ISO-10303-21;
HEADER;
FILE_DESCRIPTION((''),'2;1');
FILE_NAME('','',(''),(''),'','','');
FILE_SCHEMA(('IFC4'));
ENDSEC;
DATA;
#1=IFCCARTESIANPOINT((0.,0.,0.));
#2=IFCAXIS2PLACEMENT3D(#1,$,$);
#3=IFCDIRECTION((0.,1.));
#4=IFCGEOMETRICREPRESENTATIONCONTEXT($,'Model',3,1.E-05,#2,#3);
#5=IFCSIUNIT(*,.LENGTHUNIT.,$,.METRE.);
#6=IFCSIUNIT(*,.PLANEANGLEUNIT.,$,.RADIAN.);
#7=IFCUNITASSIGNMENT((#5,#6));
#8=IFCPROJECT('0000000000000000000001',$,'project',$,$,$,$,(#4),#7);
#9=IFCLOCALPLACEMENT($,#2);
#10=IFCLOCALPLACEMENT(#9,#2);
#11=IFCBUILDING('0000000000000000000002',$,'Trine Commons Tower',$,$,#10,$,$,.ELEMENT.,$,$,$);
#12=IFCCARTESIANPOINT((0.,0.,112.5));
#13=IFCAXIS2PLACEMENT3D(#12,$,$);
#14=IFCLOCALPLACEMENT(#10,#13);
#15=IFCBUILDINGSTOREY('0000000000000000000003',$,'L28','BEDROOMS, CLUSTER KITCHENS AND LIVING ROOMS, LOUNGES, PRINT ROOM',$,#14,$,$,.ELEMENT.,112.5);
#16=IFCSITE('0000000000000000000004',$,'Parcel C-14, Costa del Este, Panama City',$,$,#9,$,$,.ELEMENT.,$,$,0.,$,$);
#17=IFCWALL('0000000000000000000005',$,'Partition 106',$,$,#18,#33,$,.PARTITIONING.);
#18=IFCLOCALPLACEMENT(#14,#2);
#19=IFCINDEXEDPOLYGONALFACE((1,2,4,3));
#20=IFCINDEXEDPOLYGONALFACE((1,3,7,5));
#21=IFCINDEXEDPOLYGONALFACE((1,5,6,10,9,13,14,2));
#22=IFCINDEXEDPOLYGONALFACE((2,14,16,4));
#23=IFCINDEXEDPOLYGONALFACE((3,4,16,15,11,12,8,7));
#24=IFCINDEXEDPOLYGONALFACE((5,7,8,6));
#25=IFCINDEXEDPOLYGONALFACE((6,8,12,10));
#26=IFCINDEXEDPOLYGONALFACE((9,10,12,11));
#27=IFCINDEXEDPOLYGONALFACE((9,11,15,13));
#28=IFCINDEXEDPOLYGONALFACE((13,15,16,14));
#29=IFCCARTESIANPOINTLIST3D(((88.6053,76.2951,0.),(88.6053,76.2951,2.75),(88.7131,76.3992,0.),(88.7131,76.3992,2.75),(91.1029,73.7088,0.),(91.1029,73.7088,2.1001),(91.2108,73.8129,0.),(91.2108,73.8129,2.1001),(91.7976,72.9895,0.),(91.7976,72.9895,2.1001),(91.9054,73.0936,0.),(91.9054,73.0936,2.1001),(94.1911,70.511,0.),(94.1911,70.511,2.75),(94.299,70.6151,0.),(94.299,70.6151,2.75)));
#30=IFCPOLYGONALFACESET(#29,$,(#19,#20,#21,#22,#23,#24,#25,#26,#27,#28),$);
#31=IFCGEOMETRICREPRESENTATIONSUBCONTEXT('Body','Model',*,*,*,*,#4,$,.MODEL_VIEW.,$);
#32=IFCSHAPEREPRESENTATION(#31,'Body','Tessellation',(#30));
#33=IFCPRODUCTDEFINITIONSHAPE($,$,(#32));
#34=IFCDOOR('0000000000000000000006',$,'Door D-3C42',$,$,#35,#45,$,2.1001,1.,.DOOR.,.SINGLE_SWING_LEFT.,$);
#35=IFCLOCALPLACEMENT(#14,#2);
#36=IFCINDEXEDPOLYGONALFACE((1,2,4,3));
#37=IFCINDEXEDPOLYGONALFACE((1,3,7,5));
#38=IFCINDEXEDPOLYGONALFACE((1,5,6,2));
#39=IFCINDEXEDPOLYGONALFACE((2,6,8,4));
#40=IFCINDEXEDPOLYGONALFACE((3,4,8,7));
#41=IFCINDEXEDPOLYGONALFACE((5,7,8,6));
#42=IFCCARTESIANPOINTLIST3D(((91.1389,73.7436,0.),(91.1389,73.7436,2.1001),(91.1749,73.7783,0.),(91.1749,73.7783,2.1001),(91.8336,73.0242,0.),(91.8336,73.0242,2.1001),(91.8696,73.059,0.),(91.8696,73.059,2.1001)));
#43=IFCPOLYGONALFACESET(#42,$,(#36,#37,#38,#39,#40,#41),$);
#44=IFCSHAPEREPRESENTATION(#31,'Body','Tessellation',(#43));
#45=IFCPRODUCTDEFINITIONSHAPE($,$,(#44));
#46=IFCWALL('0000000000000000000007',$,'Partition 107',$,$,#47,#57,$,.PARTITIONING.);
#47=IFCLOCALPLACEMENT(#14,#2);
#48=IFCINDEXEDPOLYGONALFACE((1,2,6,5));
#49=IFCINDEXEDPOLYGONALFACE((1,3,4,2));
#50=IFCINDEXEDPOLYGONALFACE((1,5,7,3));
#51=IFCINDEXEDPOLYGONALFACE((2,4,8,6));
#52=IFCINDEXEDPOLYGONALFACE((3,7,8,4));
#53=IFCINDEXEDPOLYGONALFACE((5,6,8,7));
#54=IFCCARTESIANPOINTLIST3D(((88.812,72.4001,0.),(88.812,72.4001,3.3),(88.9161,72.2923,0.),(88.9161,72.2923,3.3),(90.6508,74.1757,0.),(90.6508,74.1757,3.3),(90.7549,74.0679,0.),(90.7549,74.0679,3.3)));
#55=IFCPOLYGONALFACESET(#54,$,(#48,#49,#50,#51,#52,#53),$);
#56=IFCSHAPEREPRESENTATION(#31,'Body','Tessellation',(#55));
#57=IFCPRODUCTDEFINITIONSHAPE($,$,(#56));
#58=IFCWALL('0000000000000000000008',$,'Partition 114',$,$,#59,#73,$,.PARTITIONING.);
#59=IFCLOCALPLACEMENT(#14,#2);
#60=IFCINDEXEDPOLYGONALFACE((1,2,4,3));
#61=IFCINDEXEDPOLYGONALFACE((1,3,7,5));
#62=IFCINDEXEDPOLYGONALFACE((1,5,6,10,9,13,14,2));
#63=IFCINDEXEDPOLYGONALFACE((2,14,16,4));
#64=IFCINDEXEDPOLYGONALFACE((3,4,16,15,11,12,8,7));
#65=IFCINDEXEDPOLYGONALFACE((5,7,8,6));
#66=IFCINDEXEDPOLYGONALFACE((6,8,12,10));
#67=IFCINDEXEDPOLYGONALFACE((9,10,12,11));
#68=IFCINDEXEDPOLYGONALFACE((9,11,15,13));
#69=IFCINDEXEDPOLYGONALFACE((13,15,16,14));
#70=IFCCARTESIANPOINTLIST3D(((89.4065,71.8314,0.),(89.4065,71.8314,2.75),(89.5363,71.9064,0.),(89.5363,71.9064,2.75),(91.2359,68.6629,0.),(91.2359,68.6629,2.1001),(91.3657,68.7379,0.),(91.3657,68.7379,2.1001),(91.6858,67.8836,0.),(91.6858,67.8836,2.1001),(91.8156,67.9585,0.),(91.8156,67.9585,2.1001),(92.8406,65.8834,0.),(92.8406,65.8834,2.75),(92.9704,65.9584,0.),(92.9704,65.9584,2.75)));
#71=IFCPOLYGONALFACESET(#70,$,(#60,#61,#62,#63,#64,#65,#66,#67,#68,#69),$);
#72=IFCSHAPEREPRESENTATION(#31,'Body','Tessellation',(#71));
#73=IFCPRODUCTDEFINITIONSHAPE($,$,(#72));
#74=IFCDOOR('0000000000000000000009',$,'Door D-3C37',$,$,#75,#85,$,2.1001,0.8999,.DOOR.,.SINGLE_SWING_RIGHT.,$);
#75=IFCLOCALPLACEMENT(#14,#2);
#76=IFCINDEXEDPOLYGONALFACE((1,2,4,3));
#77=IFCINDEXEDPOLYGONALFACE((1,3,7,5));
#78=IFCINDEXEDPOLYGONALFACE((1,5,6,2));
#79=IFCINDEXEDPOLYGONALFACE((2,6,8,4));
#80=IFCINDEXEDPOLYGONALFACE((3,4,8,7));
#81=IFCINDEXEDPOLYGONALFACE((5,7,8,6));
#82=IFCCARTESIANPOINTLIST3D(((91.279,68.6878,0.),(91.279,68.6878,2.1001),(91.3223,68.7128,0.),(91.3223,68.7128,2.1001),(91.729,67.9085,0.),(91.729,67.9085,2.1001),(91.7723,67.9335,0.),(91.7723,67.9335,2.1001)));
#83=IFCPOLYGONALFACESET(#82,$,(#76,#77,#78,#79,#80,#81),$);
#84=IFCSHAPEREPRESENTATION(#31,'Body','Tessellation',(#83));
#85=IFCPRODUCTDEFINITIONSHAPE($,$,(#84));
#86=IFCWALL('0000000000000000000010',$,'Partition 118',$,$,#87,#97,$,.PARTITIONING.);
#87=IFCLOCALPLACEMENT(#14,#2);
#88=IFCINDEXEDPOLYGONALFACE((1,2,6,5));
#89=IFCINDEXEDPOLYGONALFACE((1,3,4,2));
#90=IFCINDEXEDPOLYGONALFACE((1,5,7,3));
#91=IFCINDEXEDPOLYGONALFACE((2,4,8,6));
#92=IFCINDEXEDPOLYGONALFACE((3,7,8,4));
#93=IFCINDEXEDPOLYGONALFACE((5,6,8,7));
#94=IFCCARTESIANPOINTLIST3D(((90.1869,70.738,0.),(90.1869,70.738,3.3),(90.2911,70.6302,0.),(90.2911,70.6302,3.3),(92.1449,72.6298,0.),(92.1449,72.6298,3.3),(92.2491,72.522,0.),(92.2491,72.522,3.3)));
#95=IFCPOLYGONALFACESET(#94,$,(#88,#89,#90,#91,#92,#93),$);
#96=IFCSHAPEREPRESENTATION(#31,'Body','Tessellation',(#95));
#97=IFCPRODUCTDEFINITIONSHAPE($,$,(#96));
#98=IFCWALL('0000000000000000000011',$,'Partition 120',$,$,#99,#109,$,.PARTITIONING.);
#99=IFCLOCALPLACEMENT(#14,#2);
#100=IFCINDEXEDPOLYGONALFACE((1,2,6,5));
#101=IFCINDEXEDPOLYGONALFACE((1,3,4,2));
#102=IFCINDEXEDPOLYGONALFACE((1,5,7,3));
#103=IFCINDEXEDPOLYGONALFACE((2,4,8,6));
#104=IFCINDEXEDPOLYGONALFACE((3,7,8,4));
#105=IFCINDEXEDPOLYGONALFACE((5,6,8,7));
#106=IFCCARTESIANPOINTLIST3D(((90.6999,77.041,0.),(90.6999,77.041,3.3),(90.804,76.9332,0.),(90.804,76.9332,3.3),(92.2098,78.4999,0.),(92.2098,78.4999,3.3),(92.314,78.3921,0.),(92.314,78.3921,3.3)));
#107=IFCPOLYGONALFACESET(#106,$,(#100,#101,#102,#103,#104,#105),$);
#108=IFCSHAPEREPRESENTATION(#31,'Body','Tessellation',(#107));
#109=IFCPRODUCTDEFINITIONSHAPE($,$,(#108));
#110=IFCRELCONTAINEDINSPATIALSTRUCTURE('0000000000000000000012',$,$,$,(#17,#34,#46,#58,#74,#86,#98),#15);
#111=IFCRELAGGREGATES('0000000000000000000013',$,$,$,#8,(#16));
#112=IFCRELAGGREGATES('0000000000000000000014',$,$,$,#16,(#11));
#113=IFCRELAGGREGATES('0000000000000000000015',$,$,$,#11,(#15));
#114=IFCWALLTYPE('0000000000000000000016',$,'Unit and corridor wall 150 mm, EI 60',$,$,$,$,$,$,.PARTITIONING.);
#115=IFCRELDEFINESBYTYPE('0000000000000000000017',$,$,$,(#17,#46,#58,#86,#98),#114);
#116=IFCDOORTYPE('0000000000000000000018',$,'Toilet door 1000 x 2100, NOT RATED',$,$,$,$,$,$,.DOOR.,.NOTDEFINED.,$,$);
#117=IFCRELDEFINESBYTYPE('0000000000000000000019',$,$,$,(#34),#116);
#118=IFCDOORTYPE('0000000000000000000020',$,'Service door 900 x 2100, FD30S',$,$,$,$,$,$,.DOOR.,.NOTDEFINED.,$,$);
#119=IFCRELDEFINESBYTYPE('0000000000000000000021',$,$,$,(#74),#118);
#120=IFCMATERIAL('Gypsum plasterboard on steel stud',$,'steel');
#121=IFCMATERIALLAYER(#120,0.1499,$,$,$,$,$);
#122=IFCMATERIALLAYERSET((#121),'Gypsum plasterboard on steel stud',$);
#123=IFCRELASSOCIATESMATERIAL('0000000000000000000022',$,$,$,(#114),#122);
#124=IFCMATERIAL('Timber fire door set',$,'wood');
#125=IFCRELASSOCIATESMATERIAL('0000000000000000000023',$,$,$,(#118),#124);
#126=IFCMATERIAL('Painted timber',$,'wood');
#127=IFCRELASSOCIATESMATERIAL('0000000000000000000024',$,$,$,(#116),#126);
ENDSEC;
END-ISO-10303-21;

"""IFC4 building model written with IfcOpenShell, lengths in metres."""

from ifc_helpers import new_model, si_unit, direction, frame, frame_2d, origin, place, context, subcontext, project, spatial, rectangle, extrude, material, layer, layer_set, type_object, element, fill, save


model = new_model("IFC4")

# Units and contexts
model_context = context("Model", 3, precision=1e-05, world=origin(), true_north=direction((0.0, 1.0)))
body_context = subcontext(model_context, "Body", "Model", "MODEL_VIEW")
ifc_project = project(units=[si_unit("LENGTHUNIT", "METRE"), si_unit("PLANEANGLEUNIT", "RADIAN")], contexts=[model_context])

# Site, building, storey
site_placement = place(None, origin())
site = spatial("IfcSite", under=ifc_project, at=site_placement, Name="Parcel C-14, Costa del Este, Panama City", CompositionType="ELEMENT", RefElevation=0.0)
building_placement = place(site_placement, origin())
building = spatial("IfcBuilding", under=site, at=building_placement, Name="Trine Commons Tower", CompositionType="ELEMENT")
storey_placement = place(building_placement, frame((0.0, 0.0, 112.5)))
storey = spatial("IfcBuildingStorey", under=building, at=storey_placement, Name="L28", Description="BEDROOMS, CLUSTER KITCHENS AND LIVING ROOMS, LOUNGES, PRINT ROOM", CompositionType="ELEMENT", Elevation=112.5)

# Shared definitions
ifc_material_1 = material(Name="Gypsum plasterboard on steel stud", Category="steel")
ifc_layer_1 = layer(ifc_material_1, 0.1499)
ifc_layer_set_1 = layer_set([ifc_layer_1], Name="Gypsum plasterboard on steel stud")
wall_type_1 = type_object("IfcWallType", Name="Unit and corridor wall 150 mm, EI 60", PredefinedType="PARTITIONING", material=ifc_layer_set_1)
ifc_material_2 = material(Name="Timber fire door set", Category="wood")
door_type_1 = type_object("IfcDoorType", Name="Service door 900 x 2100, FD30S", OperationType="NOTDEFINED", PredefinedType="DOOR", material=ifc_material_2)

# Wall, opening, door
wall_1_placement = place(storey_placement, frame((88.6592, 76.3472, 0.0), z_axis=(0.0, 0.0, 1.0), x_axis=(0.694673, -0.719326, 0.0)))
wall_1 = element("IfcWall", 1, at=wall_1_placement, inside=storey, type_object=wall_type_1, Name="Partition 106", PredefinedType="PARTITIONING", context=body_context, shape_type="SweptSolid", body=[
    extrude(rectangle(XDim=8.041, YDim=0.1499, at=frame_2d((4.0205, 0.0))), origin(), (0.0, 0.0, 1.0), 2.75),
])
opening_1_placement = place(wall_1_placement, frame((3.5955, 0.0, 0.0)))
opening_1 = element("IfcOpeningElement", 2, at=opening_1_placement, cuts=wall_1, PredefinedType="OPENING", context=body_context, shape_type="SweptSolid", body=[
    extrude(rectangle(XDim=1.0, YDim=2.1001, at=frame_2d((0.5, 1.05))), frame((0.0, 0.085, 0.0), z_axis=(0.0, -1.0, 0.0), x_axis=(1.0, 0.0, 0.0)), (0.0, 0.0, 1.0), 0.1699),
])
ifc_material_3 = material(Name="Painted timber", Category="wood")
door_type_2 = type_object("IfcDoorType", Name="Toilet door 1000 x 2100, NOT RATED", OperationType="NOTDEFINED", PredefinedType="DOOR", material=ifc_material_3)
door_1_placement = place(opening_1_placement, frame((1.0, 0.0, 0.0), z_axis=(0.0, 0.0, 1.0), x_axis=(-1.0, 0.0, 0.0)))
door_1 = element("IfcDoor", 3, at=door_1_placement, inside=storey, type_object=door_type_2, Name="Door D-3C42", OperationType="SINGLE_SWING_LEFT", OverallHeight=2.1001, OverallWidth=1.0, PredefinedType="DOOR", context=body_context, shape_type="SweptSolid", body=[
    extrude(rectangle(XDim=1.0, YDim=2.1001, at=frame_2d((0.5, 1.05))), frame((0.0, 0.0249, 0.0), z_axis=(0.0, -1.0, 0.0), x_axis=(1.0, 0.0, 0.0)), (0.0, 0.0, 1.0), 0.05),
])
fill(opening_1, door_1)

# Wall
wall_2_placement = place(storey_placement, frame((88.864, 72.3462, 0.0), z_axis=(0.0, 0.0, 1.0), x_axis=(0.719367, 0.69463, 0.0)))
element("IfcWall", 4, at=wall_2_placement, inside=storey, type_object=wall_type_1, Name="Partition 107", PredefinedType="PARTITIONING", context=body_context, shape_type="SweptSolid", body=[
    extrude(rectangle(XDim=2.5562, YDim=0.1499, at=frame_2d((1.2781, 0.0))), origin(), (0.0, 0.0, 1.0), 3.3),
])

# Wall, opening, door
wall_3_placement = place(storey_placement, frame((89.4714, 71.8689, 0.0), z_axis=(0.0, 0.0, 1.0), x_axis=(0.5, -0.866025, 0.0)))
wall_3 = element("IfcWall", 5, at=wall_3_placement, inside=storey, type_object=wall_type_1, Name="Partition 114", PredefinedType="PARTITIONING", context=body_context, shape_type="SweptSolid", body=[
    extrude(rectangle(XDim=6.8682, YDim=0.1499, at=frame_2d((3.4341, 0.0))), origin(), (0.0, 0.0, 1.0), 2.75),
])
opening_2_placement = place(wall_3_placement, frame((3.6587, 0.0, 0.0)))
opening_2 = element("IfcOpeningElement", 6, at=opening_2_placement, cuts=wall_3, PredefinedType="OPENING", context=body_context, shape_type="SweptSolid", body=[
    extrude(rectangle(XDim=0.8999, YDim=2.1001, at=frame_2d((0.45, 1.05))), frame((0.0, 0.085, 0.0), z_axis=(0.0, -1.0, 0.0), x_axis=(1.0, 0.0, 0.0)), (0.0, 0.0, 1.0), 0.1699),
])
door_2_placement = place(opening_2_placement, origin())
door_2 = element("IfcDoor", 7, at=door_2_placement, inside=storey, type_object=door_type_1, Name="Door D-3C37", OperationType="SINGLE_SWING_RIGHT", OverallHeight=2.1001, OverallWidth=0.8999, PredefinedType="DOOR", context=body_context, shape_type="SweptSolid", body=[
    extrude(rectangle(XDim=0.8999, YDim=2.1001, at=frame_2d((0.45, 1.05))), frame((0.0, 0.0249, 0.0), z_axis=(0.0, -1.0, 0.0), x_axis=(1.0, 0.0, 0.0)), (0.0, 0.0, 1.0), 0.05),
])
fill(opening_2, door_2)

# Walls
wall_4_placement = place(storey_placement, frame((90.239, 70.6841, 0.0), z_axis=(0.0, 0.0, 1.0), x_axis=(0.719153, 0.694852, 0.0)))
element("IfcWall", 8, at=wall_4_placement, inside=storey, type_object=wall_type_1, Name="Partition 118", PredefinedType="PARTITIONING", context=body_context, shape_type="SweptSolid", body=[
    extrude(rectangle(XDim=2.7227, YDim=0.1499, at=frame_2d((1.3613, 0.0))), origin(), (0.0, 0.0, 1.0), 3.3),
])
wall_5_placement = place(storey_placement, frame((90.752, 76.9871, 0.0), z_axis=(0.0, 0.0, 1.0), x_axis=(0.719153, 0.694852, 0.0)))
element("IfcWall", 9, at=wall_5_placement, inside=storey, type_object=wall_type_1, Name="Partition 120", PredefinedType="PARTITIONING", context=body_context, shape_type="SweptSolid", body=[
    extrude(rectangle(XDim=2.0996, YDim=0.1499, at=frame_2d((1.0498, 0.0))), origin(), (0.0, 0.0, 1.0), 3.3),
])

save(model, "model.ifc")
